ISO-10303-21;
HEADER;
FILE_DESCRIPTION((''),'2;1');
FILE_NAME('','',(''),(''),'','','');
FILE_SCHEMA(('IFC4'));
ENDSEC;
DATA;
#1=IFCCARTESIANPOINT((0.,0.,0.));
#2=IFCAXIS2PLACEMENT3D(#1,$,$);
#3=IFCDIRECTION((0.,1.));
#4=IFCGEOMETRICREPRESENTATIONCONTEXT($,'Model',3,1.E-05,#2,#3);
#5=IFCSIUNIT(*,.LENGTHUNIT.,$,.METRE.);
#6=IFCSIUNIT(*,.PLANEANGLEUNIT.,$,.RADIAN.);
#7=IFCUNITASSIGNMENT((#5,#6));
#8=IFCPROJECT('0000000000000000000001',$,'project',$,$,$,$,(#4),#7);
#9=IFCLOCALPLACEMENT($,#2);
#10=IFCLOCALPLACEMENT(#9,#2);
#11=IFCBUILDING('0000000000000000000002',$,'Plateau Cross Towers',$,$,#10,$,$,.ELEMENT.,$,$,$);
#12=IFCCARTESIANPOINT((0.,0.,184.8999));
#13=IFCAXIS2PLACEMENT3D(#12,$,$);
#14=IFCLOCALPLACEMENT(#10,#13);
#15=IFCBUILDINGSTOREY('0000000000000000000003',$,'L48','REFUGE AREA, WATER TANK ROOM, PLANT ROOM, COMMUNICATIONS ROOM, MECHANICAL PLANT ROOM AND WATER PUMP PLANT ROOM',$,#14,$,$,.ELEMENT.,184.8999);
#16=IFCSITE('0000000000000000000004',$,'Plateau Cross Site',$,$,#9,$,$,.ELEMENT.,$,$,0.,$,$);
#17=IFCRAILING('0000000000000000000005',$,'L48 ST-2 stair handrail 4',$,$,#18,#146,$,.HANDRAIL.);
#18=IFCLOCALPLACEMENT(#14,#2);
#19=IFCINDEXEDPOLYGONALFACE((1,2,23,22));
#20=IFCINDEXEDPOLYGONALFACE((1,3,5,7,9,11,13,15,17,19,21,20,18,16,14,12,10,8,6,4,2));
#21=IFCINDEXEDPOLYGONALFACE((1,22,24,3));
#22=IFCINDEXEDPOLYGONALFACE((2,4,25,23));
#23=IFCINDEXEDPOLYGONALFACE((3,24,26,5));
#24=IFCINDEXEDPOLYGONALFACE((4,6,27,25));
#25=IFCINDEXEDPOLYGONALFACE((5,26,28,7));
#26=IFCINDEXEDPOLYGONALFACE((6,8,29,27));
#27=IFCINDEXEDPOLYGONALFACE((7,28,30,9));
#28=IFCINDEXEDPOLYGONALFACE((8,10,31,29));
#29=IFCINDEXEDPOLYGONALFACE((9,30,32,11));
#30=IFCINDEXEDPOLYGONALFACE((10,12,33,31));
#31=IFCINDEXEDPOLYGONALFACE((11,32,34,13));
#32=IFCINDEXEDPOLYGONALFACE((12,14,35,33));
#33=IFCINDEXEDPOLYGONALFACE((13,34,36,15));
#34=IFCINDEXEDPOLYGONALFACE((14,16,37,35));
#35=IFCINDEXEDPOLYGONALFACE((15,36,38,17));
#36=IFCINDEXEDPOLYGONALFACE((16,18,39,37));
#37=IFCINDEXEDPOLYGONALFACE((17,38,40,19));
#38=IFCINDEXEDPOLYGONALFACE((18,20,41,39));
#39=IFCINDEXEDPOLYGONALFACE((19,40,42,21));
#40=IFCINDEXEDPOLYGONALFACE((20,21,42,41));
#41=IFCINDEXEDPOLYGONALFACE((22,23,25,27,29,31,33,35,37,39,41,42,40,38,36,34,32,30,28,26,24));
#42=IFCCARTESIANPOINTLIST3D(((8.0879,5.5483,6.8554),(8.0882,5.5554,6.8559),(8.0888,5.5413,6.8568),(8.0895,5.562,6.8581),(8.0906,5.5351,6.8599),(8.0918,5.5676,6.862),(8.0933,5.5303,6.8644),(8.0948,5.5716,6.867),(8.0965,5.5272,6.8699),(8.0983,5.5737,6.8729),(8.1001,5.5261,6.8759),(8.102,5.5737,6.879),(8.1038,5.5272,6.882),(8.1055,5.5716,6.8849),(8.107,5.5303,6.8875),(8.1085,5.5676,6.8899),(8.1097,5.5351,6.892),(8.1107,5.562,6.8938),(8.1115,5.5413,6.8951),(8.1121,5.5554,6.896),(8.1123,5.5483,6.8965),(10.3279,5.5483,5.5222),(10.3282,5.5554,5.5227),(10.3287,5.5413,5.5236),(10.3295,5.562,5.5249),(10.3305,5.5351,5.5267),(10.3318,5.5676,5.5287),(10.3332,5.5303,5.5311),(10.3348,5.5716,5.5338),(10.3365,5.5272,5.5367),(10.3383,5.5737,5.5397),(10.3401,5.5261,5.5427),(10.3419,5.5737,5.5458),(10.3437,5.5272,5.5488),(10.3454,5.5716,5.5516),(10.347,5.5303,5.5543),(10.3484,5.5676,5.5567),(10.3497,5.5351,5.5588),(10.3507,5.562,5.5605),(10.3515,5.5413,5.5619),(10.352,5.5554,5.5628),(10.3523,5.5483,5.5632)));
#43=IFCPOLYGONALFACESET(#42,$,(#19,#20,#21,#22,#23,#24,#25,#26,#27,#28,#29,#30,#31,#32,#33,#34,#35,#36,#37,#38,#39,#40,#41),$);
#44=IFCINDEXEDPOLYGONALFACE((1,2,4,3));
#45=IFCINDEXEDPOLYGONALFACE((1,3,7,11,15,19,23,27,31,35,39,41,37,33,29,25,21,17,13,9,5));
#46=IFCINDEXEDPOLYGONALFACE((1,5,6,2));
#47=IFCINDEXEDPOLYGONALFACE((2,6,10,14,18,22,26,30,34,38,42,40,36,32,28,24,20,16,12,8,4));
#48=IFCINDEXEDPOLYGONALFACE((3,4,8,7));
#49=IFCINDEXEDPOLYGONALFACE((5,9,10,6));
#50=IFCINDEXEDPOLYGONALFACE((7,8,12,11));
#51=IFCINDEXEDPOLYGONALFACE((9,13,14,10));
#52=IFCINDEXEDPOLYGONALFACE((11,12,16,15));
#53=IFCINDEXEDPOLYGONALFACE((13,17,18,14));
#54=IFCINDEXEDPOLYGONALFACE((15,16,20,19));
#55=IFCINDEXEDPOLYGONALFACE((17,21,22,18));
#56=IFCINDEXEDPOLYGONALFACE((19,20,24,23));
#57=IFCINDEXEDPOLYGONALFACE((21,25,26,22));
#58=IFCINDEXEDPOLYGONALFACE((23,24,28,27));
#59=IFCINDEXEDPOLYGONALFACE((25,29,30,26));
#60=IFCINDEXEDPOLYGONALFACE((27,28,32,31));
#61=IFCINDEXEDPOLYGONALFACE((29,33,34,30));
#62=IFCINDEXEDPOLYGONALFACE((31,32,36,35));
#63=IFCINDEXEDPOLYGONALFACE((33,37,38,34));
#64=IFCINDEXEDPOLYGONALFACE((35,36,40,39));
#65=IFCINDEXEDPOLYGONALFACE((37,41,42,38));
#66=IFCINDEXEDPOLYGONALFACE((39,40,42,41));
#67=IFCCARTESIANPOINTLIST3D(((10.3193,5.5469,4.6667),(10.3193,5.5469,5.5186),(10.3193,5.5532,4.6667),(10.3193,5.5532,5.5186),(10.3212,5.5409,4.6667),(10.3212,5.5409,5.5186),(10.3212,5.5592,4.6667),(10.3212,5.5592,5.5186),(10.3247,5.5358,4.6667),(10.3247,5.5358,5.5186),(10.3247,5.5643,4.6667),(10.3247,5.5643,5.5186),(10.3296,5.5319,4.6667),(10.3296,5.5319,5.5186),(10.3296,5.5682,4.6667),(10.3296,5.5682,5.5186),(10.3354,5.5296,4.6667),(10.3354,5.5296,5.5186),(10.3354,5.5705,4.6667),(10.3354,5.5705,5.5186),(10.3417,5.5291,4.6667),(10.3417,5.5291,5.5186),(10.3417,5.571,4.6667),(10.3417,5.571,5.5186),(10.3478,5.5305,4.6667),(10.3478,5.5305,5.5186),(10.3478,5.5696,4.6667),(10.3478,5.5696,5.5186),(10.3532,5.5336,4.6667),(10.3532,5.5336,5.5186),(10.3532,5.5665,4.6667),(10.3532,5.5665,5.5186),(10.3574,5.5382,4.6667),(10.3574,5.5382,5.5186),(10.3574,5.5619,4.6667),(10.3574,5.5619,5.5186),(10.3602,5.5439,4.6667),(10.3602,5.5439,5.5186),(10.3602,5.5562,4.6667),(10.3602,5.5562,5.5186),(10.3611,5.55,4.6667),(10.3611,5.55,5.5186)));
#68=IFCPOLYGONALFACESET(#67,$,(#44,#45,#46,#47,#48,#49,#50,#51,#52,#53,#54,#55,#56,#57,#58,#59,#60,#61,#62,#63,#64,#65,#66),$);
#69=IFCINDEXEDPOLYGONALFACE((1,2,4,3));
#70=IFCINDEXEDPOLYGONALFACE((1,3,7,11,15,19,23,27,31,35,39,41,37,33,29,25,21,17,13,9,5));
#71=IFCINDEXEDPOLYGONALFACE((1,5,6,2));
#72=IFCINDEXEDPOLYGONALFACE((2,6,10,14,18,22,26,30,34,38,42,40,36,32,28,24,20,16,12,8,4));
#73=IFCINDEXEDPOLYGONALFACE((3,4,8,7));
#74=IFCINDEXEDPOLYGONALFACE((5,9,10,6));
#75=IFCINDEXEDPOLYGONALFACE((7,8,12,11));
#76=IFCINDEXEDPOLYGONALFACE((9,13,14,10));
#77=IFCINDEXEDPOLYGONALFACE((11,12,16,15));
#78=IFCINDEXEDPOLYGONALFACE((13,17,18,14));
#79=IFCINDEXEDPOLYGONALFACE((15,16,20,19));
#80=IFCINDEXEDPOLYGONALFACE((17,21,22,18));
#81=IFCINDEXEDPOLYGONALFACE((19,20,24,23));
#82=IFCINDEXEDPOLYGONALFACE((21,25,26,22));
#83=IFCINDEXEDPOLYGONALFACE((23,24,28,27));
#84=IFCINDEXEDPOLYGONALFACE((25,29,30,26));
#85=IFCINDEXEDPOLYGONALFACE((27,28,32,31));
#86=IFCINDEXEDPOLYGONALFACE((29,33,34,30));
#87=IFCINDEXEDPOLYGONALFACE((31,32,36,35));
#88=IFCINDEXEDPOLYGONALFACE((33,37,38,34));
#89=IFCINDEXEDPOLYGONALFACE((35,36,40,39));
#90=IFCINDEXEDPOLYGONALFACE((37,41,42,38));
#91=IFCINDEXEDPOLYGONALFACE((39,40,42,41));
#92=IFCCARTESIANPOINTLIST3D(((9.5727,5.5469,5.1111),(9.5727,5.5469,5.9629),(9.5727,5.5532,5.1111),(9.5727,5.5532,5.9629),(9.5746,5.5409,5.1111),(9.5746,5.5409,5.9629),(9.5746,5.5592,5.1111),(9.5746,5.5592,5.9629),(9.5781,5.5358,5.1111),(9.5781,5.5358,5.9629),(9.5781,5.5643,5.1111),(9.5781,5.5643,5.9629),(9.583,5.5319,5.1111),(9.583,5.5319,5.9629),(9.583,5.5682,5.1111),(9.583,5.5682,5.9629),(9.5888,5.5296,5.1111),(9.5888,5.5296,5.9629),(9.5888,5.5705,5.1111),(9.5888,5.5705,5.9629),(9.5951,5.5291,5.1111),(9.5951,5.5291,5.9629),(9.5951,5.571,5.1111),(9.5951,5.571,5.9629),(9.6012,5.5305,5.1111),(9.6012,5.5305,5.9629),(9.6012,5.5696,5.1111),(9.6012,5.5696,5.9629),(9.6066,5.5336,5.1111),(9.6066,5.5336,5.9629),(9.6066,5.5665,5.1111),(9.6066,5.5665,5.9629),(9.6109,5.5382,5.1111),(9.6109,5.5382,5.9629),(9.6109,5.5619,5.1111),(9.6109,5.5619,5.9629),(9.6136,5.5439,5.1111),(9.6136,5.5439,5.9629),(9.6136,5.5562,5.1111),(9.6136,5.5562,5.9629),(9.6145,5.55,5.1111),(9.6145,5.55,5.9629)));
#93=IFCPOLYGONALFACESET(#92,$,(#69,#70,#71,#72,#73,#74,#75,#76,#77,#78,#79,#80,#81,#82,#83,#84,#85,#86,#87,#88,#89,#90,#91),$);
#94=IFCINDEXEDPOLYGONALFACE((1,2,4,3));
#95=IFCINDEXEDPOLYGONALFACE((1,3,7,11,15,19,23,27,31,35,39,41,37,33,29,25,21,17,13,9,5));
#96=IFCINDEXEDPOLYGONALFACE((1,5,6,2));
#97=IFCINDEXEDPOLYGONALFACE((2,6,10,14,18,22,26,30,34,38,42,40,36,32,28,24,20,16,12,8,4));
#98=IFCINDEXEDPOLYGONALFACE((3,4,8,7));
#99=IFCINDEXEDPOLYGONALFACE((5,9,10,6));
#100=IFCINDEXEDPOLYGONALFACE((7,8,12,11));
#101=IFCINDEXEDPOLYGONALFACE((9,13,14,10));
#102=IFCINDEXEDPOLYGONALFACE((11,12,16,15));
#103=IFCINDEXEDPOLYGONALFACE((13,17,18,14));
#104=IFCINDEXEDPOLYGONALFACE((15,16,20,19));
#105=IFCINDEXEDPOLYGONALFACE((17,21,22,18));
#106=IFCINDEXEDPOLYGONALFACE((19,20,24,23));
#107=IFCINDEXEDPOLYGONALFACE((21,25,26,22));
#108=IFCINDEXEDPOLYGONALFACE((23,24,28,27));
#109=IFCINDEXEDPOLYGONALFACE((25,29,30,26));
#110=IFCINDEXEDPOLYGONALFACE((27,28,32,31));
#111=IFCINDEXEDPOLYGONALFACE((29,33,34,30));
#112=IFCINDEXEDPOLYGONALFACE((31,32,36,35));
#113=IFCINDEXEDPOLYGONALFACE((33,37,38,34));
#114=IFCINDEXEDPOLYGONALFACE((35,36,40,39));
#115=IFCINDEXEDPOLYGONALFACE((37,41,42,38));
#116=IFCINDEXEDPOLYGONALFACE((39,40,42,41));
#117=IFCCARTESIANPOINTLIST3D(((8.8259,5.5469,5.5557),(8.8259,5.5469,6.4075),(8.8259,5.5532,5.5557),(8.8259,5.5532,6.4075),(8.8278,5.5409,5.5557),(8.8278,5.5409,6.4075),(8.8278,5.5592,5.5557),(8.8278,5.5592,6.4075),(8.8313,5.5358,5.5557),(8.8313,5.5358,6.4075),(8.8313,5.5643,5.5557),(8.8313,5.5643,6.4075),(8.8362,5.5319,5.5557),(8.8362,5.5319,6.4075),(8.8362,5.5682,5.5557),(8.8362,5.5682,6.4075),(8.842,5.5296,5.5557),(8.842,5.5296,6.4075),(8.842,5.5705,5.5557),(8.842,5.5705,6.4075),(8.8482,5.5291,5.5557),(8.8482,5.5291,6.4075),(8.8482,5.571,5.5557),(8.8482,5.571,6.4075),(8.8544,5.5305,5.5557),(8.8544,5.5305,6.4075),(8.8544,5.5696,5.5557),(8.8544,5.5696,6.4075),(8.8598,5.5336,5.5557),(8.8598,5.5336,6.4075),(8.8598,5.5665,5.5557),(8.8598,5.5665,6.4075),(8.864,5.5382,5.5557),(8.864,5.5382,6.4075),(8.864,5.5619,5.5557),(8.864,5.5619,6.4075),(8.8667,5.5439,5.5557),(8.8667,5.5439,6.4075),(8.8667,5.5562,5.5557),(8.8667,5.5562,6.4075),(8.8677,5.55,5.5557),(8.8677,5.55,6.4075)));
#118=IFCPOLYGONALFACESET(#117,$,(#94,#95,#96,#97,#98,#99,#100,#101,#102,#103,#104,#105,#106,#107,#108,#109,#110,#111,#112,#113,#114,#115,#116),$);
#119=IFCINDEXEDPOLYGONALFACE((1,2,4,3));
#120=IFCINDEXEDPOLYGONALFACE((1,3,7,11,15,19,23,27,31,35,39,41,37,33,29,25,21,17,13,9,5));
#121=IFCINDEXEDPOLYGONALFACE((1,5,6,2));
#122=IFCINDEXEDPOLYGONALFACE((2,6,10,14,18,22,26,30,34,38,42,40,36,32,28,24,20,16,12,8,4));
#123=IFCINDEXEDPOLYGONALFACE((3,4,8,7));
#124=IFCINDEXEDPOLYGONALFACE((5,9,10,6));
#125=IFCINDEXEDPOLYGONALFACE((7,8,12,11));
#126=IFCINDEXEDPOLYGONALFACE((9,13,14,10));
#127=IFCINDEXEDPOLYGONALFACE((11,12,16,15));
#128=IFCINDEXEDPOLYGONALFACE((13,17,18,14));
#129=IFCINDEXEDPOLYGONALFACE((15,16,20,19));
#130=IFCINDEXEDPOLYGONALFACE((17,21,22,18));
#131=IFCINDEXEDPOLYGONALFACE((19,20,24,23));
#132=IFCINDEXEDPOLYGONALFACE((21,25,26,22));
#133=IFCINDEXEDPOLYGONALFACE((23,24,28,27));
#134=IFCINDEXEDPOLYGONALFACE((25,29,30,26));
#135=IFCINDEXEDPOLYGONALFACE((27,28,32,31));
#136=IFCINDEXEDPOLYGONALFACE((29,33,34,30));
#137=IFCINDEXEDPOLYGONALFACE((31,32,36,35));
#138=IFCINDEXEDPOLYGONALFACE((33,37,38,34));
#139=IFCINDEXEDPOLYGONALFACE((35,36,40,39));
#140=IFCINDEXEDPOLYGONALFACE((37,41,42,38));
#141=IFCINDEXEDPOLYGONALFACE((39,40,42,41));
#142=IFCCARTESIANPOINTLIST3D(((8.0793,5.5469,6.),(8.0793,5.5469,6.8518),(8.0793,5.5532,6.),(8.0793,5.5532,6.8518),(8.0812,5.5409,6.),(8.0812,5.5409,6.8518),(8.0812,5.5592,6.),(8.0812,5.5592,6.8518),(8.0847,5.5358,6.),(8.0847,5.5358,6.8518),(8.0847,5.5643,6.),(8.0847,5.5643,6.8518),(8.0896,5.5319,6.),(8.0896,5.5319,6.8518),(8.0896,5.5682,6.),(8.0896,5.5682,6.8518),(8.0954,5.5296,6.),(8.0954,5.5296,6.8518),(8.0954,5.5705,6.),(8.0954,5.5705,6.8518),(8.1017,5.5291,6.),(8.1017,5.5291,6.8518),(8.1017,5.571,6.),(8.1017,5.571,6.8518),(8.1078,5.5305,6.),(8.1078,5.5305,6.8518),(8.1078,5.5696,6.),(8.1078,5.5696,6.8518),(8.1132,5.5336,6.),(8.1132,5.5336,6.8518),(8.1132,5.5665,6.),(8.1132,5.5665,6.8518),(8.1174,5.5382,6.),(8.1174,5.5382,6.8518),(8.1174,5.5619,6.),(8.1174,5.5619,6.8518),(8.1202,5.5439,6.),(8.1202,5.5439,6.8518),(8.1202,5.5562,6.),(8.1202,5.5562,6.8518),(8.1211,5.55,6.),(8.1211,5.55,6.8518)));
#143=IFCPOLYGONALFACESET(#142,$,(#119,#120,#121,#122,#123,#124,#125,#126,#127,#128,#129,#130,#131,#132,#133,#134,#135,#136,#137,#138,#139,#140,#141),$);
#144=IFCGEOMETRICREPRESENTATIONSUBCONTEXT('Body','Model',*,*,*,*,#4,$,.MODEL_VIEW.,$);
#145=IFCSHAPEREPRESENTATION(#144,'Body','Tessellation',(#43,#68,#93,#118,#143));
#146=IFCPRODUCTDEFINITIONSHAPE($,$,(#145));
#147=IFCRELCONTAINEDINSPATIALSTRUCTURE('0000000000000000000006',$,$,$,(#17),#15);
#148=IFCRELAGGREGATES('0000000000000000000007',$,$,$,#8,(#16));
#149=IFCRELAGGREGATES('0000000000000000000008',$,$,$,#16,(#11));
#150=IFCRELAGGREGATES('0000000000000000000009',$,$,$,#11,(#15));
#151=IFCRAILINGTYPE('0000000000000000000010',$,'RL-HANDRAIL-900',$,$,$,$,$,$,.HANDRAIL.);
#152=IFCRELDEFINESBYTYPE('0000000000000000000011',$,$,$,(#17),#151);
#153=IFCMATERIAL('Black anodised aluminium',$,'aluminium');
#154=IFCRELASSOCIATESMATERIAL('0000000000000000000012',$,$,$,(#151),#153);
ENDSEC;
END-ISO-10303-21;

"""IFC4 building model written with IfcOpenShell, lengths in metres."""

from ifc_helpers import new_model, si_unit, direction, frame, origin, origin_2d, place, context, subcontext, project, spatial, circle, extrude, material, type_object, element, save


model = new_model("IFC4")

# Units and contexts
model_context = context("Model", 3, precision=1e-05, world=origin(), true_north=direction((0.0, 1.0)))
body_context = subcontext(model_context, "Body", "Model", "MODEL_VIEW")
ifc_project = project(units=[si_unit("LENGTHUNIT", "METRE"), si_unit("PLANEANGLEUNIT", "RADIAN")], contexts=[model_context])

# Site, building, storey
site_placement = place(None, origin())
site = spatial("IfcSite", under=ifc_project, at=site_placement, Name="Plateau Cross Site", CompositionType="ELEMENT", RefElevation=0.0)
building_placement = place(site_placement, origin())
building = spatial("IfcBuilding", under=site, at=building_placement, Name="Plateau Cross Towers", CompositionType="ELEMENT")
storey_placement = place(building_placement, frame((0.0, 0.0, 184.8999)))
storey = spatial("IfcBuildingStorey", under=building, at=storey_placement, Name="L48", Description="REFUGE AREA, WATER TANK ROOM, PLANT ROOM, COMMUNICATIONS ROOM, MECHANICAL PLANT ROOM AND WATER PUMP PLANT ROOM", CompositionType="ELEMENT", Elevation=184.8999)

# Railing
ifc_material_1 = material(Name="Black anodised aluminium", Category="aluminium")
railing_type_1 = type_object("IfcRailingType", Name="RL-HANDRAIL-900", PredefinedType="HANDRAIL", material=ifc_material_1)
railing_1_placement = place(storey_placement, frame((10.3401, 5.55, 4.6667)))
element("IfcRailing", 1, at=railing_1_placement, inside=storey, type_object=railing_type_1, Name="L48 ST-2 stair handrail 4", PredefinedType="HANDRAIL", context=body_context, shape_type="SweptSolid", body=[
    extrude(circle(Radius=0.0239, at=origin_2d()), frame((0.0, 0.0, 0.876), z_axis=(-0.859306, 0.0, 0.511462), x_axis=(0.0, -1.0, 0.0)), (0.0, 0.0, 1.0), 2.6067),
    extrude(circle(Radius=0.021, at=origin_2d()), origin(), (0.0, 0.0, 1.0), 0.8518),
    extrude(circle(Radius=0.021, at=origin_2d()), frame((-0.7466, 0.0, 0.4443)), (0.0, 0.0, 1.0), 0.8518),
    extrude(circle(Radius=0.021, at=origin_2d()), frame((-1.4934, 0.0, 0.8889)), (0.0, 0.0, 1.0), 0.8518),
    extrude(circle(Radius=0.021, at=origin_2d()), frame((-2.24, 0.0, 1.3333)), (0.0, 0.0, 1.0), 0.8518),
])

save(model, "model.ifc")
